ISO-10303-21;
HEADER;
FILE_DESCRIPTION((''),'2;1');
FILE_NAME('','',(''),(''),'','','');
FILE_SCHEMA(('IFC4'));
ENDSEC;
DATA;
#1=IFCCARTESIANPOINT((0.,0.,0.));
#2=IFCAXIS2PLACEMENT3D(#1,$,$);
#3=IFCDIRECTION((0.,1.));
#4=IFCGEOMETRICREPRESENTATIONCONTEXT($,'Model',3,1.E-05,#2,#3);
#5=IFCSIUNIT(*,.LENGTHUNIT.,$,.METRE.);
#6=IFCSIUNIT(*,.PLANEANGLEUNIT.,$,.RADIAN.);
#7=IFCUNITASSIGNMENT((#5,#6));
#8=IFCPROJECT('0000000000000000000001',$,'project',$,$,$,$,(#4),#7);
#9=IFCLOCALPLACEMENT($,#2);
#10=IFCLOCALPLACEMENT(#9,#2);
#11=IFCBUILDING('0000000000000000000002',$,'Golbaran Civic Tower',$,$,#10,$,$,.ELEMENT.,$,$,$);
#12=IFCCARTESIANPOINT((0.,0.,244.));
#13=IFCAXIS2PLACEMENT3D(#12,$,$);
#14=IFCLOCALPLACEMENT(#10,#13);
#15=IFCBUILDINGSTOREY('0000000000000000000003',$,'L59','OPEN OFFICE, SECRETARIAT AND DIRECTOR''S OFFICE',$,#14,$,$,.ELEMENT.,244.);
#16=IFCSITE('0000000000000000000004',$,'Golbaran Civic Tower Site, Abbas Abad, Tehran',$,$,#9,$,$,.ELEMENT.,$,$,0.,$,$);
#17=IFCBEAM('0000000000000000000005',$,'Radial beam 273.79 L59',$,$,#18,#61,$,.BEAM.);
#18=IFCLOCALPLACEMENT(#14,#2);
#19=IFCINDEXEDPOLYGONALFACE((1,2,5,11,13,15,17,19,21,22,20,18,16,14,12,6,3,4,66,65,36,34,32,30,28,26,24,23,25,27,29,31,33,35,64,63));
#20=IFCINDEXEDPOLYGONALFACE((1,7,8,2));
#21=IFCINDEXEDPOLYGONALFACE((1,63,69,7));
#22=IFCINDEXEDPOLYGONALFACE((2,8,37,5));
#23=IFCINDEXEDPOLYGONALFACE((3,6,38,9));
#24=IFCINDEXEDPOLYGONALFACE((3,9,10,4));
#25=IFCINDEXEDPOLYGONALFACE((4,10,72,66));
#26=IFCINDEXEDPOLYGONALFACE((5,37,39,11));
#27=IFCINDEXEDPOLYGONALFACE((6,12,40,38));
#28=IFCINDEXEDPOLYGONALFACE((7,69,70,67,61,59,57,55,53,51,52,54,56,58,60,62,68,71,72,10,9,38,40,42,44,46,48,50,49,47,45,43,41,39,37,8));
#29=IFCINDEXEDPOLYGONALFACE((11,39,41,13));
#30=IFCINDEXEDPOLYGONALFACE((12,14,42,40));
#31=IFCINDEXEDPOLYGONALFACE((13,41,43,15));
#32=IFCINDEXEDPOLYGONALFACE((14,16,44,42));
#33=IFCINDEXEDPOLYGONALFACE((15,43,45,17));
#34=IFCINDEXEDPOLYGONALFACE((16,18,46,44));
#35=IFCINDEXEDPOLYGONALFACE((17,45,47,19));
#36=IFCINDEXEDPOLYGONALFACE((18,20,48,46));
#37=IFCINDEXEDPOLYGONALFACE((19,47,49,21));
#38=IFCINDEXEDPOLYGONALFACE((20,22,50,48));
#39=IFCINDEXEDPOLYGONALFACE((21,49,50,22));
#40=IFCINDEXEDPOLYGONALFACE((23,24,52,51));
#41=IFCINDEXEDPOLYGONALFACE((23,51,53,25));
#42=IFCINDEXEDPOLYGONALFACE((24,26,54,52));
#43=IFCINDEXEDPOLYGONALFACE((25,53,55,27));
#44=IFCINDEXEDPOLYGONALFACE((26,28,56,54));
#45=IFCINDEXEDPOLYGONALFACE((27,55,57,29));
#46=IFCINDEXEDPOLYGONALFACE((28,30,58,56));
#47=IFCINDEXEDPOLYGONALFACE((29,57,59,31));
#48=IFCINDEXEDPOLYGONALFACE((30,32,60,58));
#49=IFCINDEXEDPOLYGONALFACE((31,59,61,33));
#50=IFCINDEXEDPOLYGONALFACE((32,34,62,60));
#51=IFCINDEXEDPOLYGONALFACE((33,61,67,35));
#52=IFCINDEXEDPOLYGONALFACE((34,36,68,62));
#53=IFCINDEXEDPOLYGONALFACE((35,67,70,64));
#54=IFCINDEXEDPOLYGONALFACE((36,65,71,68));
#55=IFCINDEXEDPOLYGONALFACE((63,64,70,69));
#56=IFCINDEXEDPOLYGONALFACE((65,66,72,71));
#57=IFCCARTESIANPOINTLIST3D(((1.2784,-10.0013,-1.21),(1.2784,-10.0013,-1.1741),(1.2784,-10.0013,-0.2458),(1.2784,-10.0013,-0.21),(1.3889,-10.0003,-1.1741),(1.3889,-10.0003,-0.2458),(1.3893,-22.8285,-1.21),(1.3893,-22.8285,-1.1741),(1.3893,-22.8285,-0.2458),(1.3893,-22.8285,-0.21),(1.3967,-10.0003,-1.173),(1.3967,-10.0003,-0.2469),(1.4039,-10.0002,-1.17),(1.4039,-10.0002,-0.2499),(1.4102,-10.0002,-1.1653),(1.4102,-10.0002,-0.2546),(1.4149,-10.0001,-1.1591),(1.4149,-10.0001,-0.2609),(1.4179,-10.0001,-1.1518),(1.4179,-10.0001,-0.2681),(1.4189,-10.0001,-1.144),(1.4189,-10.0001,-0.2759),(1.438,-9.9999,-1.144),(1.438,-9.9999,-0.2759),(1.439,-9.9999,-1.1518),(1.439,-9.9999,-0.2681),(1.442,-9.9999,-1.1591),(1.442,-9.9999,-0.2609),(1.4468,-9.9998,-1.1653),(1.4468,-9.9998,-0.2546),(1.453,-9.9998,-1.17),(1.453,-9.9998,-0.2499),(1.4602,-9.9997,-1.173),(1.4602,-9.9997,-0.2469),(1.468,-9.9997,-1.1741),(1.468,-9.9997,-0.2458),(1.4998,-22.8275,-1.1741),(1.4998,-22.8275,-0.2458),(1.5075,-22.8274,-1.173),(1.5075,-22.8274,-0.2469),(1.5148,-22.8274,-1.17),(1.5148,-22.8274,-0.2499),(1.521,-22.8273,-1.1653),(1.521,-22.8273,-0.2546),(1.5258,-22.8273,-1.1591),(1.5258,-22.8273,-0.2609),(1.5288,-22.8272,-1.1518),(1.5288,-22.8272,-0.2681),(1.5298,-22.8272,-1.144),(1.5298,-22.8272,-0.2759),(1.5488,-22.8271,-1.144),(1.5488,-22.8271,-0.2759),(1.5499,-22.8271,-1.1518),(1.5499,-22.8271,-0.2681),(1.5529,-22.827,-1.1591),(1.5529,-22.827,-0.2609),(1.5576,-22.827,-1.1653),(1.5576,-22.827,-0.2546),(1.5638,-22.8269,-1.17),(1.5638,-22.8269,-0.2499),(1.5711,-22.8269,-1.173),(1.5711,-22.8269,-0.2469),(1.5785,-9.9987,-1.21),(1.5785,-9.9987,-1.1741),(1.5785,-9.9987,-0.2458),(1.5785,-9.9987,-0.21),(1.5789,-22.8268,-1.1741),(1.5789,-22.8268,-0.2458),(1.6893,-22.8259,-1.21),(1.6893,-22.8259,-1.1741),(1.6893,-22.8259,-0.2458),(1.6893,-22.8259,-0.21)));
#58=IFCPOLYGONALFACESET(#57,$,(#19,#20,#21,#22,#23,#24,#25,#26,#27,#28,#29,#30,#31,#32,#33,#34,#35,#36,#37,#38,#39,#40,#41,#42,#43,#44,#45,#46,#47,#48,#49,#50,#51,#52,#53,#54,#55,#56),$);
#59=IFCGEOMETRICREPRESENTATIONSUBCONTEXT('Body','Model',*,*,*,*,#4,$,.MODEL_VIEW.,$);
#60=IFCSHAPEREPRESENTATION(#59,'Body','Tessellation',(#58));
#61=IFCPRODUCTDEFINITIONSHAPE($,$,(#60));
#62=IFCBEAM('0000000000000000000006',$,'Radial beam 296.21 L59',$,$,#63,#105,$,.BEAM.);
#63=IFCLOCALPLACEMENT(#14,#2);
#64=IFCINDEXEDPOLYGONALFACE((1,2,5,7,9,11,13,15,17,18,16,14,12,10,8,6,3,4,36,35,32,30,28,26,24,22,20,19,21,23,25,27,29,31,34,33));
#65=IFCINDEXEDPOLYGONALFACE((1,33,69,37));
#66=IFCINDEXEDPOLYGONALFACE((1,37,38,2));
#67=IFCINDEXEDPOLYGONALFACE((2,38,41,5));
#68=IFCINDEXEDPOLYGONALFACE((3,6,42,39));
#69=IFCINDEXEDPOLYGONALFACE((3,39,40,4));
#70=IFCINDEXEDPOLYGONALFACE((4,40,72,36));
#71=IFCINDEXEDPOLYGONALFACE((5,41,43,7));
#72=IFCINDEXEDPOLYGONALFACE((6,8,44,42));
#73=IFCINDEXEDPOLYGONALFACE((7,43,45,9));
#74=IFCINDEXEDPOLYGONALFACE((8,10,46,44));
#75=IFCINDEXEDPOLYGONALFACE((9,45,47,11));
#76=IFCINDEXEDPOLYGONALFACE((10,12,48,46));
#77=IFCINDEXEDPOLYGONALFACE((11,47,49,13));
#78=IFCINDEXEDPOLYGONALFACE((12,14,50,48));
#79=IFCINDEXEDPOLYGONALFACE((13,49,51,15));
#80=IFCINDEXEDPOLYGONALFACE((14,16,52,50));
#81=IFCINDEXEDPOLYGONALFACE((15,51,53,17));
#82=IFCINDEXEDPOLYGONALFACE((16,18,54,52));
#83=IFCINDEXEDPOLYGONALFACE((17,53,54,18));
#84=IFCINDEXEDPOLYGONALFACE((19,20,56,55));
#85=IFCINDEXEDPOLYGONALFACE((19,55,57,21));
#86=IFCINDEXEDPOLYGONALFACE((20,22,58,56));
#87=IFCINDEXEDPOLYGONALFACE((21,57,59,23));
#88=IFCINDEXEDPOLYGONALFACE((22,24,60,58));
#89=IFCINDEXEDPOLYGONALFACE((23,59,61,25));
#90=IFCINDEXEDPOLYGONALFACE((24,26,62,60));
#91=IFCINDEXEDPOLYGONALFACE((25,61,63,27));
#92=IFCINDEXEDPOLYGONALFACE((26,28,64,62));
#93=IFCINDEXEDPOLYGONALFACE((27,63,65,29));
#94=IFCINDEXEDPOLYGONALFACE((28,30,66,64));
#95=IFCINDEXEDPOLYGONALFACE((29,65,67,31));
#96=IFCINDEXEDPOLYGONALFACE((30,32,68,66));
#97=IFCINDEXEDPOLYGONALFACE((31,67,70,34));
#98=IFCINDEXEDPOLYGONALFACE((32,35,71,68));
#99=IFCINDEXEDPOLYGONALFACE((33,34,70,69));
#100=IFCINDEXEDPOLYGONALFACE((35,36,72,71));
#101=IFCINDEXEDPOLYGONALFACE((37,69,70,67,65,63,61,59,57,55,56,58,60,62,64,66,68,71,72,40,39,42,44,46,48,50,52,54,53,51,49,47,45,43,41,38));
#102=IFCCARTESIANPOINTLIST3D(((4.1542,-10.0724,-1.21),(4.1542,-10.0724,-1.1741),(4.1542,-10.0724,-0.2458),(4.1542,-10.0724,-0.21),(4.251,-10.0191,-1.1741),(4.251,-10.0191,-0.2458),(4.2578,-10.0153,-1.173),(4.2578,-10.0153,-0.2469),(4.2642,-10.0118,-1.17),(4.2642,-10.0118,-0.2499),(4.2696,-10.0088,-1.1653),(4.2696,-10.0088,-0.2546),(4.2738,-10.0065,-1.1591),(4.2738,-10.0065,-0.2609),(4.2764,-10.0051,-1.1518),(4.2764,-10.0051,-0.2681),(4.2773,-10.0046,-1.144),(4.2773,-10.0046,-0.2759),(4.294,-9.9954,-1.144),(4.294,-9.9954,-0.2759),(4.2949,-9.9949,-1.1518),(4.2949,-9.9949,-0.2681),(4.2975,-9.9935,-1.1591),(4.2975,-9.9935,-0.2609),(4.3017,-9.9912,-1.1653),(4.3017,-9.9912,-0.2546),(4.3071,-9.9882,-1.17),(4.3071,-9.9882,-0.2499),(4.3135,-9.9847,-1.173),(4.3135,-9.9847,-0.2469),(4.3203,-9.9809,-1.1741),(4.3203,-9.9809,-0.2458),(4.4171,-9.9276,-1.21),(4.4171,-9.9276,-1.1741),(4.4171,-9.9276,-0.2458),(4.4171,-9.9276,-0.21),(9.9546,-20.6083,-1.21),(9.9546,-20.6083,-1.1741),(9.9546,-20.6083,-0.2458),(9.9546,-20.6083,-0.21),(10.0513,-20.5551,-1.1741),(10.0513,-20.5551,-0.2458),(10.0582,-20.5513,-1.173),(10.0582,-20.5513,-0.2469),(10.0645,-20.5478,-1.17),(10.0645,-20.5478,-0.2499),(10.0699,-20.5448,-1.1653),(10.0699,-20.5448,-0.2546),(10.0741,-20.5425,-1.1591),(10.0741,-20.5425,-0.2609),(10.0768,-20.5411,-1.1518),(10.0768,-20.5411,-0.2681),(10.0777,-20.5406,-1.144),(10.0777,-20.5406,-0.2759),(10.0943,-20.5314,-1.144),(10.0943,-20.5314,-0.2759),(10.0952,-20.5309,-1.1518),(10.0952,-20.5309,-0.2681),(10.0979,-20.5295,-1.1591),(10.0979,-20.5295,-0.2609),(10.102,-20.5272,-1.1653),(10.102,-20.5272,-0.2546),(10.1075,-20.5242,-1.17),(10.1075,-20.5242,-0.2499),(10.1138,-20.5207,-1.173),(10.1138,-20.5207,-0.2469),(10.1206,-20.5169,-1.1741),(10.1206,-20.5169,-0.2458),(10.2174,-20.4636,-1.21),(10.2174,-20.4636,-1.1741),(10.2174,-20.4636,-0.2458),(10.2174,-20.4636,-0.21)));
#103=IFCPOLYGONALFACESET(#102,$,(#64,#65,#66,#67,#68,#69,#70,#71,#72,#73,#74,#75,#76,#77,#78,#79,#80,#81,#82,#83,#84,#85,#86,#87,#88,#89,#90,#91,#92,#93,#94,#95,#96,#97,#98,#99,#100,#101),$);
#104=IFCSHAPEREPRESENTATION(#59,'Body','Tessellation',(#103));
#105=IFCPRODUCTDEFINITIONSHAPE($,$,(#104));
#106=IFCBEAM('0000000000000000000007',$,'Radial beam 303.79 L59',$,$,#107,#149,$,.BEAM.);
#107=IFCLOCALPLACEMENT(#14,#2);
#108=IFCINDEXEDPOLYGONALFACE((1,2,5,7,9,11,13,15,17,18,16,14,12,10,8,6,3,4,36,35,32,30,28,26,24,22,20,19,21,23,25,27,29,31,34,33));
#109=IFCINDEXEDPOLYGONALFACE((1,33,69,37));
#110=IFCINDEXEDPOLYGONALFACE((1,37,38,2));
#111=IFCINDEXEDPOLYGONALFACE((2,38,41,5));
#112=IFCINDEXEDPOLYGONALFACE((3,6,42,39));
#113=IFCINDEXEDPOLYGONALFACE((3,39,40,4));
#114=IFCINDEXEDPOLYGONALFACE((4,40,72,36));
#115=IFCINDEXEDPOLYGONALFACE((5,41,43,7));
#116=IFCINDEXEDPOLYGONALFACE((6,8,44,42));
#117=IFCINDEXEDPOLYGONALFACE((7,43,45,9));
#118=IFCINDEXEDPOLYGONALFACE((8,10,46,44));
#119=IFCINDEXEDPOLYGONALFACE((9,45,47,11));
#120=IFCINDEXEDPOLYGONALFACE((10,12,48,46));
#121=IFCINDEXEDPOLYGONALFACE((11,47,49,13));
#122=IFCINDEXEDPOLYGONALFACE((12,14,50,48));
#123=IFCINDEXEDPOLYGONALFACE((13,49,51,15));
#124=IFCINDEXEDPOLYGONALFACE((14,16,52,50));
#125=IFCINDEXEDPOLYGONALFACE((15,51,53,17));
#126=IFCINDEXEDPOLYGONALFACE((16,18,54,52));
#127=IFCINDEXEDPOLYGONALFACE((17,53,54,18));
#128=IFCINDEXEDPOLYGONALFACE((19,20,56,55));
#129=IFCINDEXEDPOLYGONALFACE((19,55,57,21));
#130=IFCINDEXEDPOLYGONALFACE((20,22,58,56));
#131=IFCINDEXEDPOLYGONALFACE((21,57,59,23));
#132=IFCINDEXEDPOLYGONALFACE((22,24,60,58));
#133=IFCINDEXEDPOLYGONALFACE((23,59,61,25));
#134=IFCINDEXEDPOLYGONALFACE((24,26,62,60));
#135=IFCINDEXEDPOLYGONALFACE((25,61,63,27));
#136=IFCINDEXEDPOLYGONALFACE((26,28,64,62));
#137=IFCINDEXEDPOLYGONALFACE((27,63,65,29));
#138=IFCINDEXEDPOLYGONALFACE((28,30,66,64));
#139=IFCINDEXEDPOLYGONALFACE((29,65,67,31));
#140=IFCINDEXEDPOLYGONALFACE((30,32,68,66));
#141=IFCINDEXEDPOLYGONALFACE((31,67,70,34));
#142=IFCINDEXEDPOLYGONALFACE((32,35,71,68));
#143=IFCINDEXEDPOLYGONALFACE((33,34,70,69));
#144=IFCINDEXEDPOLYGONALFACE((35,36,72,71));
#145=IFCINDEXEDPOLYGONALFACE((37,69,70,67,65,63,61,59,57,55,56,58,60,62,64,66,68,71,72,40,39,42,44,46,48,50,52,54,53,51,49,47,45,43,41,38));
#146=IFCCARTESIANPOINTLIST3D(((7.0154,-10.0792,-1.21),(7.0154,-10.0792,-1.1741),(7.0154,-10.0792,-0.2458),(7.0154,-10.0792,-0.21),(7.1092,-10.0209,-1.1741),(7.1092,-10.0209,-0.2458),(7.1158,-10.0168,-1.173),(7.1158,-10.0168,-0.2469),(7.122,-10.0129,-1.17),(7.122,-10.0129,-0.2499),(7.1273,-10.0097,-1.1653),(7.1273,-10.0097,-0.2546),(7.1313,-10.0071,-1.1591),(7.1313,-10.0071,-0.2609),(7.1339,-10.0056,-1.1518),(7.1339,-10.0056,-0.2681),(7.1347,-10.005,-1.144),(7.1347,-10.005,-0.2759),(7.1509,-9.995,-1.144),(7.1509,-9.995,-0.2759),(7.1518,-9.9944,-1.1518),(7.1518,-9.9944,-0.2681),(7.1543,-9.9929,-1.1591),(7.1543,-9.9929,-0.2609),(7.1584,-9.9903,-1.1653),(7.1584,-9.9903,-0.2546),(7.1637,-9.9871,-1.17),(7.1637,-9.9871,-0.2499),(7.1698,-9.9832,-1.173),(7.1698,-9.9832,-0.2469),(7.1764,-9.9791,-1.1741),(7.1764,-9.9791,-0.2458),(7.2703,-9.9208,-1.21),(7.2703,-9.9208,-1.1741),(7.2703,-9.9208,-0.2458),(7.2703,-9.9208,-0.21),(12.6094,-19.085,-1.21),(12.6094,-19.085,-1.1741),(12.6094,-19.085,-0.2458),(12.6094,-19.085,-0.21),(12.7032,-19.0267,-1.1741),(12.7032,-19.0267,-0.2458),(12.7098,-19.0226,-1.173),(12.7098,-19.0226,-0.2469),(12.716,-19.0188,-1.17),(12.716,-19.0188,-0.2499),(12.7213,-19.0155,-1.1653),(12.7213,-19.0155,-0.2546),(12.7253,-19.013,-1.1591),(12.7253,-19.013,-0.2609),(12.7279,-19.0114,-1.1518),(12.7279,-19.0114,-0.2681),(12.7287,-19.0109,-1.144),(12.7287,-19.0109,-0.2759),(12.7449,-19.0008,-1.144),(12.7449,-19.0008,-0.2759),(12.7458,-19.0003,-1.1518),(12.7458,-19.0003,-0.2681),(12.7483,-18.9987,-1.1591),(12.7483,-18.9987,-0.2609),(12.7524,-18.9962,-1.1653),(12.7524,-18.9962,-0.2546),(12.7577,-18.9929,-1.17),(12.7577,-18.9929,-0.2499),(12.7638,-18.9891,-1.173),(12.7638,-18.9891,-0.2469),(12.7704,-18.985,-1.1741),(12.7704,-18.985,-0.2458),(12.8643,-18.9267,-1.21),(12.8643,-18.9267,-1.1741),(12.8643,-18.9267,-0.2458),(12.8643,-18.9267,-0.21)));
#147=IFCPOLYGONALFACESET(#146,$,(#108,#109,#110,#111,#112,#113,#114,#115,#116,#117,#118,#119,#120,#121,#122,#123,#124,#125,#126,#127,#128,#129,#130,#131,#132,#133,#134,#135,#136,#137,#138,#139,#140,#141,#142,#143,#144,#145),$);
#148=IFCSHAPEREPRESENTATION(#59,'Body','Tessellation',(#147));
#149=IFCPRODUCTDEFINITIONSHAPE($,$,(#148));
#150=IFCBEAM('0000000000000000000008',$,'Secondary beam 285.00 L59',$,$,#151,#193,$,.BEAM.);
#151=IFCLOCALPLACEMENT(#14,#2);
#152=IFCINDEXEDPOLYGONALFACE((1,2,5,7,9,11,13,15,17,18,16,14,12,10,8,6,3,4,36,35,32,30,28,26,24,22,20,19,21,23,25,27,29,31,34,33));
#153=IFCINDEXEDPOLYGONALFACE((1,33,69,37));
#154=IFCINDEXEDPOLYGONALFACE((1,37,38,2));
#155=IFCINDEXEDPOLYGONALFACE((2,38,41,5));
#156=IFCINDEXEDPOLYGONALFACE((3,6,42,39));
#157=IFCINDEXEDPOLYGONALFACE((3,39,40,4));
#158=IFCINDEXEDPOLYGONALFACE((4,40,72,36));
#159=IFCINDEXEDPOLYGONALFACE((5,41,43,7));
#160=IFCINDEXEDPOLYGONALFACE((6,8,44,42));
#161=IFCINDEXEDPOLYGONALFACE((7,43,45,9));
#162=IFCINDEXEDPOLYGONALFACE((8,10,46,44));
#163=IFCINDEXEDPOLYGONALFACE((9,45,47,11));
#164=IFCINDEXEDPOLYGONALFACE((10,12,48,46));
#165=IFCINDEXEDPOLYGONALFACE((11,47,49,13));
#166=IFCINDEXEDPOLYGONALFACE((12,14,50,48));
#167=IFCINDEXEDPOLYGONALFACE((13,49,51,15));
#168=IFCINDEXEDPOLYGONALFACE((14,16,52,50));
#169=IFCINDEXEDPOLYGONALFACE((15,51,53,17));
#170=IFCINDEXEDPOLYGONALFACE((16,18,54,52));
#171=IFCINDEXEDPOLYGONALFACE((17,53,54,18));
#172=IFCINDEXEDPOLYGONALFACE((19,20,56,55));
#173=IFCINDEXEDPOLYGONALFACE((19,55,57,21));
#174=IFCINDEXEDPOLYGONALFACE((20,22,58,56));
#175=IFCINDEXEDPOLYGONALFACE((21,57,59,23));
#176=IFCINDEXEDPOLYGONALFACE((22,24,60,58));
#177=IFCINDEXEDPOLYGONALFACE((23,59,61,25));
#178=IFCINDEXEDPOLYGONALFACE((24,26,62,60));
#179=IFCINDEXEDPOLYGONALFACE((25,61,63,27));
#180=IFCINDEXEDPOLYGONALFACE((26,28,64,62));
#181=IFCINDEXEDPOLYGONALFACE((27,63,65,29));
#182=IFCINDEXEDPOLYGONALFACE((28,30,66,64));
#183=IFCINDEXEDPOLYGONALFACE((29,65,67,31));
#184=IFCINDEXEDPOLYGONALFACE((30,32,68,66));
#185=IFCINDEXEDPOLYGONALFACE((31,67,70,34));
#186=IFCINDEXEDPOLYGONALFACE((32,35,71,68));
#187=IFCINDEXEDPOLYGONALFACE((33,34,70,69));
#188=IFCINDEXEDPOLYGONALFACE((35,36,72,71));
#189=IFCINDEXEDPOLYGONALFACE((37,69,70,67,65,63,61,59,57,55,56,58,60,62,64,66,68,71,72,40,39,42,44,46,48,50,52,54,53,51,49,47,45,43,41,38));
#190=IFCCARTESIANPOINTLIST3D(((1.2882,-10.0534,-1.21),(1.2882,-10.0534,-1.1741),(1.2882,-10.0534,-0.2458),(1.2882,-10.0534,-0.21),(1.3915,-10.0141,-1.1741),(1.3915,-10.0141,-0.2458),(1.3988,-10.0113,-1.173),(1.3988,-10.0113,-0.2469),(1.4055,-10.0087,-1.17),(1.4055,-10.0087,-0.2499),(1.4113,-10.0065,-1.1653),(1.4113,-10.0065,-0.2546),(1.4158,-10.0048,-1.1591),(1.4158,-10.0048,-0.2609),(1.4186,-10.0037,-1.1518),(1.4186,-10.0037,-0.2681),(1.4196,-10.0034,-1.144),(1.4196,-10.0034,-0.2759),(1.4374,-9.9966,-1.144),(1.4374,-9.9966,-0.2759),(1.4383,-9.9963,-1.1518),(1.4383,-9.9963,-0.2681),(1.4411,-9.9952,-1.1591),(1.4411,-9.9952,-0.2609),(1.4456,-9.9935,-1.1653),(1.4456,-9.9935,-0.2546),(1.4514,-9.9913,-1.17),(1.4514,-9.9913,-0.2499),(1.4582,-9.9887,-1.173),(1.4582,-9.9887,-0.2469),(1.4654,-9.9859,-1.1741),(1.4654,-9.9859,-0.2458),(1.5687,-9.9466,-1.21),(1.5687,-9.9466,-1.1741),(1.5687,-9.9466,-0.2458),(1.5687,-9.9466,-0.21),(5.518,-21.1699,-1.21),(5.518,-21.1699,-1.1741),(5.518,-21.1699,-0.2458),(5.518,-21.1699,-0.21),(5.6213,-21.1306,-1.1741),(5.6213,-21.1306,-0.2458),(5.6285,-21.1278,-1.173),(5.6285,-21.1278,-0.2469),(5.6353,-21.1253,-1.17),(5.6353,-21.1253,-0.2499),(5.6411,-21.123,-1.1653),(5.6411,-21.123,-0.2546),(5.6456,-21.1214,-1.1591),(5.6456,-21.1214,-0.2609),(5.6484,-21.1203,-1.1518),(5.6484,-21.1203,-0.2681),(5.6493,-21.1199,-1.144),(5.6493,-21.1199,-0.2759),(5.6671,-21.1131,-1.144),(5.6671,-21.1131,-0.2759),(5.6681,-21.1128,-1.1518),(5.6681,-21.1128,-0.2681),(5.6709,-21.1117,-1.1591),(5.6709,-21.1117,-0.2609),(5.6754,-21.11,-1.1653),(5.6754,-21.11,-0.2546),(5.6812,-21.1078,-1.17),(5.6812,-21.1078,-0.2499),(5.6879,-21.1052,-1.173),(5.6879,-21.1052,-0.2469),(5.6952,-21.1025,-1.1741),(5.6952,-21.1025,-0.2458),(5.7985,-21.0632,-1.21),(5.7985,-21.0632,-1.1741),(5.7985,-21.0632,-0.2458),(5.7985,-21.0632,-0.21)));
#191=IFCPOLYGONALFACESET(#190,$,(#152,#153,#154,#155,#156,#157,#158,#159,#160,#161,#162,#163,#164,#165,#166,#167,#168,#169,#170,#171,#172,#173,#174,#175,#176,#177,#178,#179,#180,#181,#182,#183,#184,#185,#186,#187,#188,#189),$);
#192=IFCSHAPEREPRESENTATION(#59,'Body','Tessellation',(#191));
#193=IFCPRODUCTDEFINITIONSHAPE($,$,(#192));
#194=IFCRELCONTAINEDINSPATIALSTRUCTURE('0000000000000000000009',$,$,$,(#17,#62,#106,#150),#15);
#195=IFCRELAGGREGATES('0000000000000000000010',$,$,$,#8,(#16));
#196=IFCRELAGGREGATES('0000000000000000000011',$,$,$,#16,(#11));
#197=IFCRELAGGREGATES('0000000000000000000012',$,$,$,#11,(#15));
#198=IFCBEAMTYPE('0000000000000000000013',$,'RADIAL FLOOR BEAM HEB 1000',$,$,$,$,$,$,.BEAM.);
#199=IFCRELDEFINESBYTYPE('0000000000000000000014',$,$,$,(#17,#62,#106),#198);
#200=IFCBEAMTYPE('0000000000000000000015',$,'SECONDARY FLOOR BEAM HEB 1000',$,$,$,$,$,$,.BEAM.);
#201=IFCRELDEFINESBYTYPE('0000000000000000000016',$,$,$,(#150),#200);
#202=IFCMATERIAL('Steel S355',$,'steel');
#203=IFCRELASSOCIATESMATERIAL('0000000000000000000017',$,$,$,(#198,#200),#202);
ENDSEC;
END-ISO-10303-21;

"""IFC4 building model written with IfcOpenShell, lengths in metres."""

from ifc_helpers import new_model, si_unit, direction, frame, origin, origin_2d, place, context, subcontext, project, spatial, i_section, extrude, material, material_profile, profile_set, type_object, element, save


model = new_model("IFC4")

# Units and contexts
model_context = context("Model", 3, precision=1e-05, world=origin(), true_north=direction((0.0, 1.0)))
body_context = subcontext(model_context, "Body", "Model", "MODEL_VIEW")
ifc_project = project(units=[si_unit("LENGTHUNIT", "METRE"), si_unit("PLANEANGLEUNIT", "RADIAN")], contexts=[model_context])

# Site, building, storey
site_placement = place(None, origin())
site = spatial("IfcSite", under=ifc_project, at=site_placement, Name="Golbaran Civic Tower Site, Abbas Abad, Tehran", CompositionType="ELEMENT", RefElevation=0.0)
building_placement = place(site_placement, origin())
building = spatial("IfcBuilding", under=site, at=building_placement, Name="Golbaran Civic Tower", CompositionType="ELEMENT")
storey_placement = place(building_placement, frame((0.0, 0.0, 244.0)))
storey = spatial("IfcBuildingStorey", under=building, at=storey_placement, Name="L59", Description="OPEN OFFICE, SECRETARIAT AND DIRECTOR'S OFFICE", CompositionType="ELEMENT", Elevation=244.0)

# Beams
ifc_material_1 = material(Name="Steel S355", Category="steel")
ifc_material_profile_1 = material_profile(ifc_material_1, i_section(OverallWidth=0.3, OverallDepth=1.0, WebThickness=0.019, FlangeThickness=0.0359, FilletRadius=0.03, at=origin_2d()), Name="HEB 1000")
ifc_profile_set_1 = profile_set([ifc_material_profile_1], Name="Steel S355")
beam_type_1 = type_object("IfcBeamType", Name="RADIAL FLOOR BEAM HEB 1000", PredefinedType="BEAM", material=ifc_profile_set_1)
beam_1_placement = place(storey_placement, frame((1.4285, -10.0, -0.71), z_axis=(0.008641, -0.999963, 0.0), x_axis=(0.999963, 0.008641, 0.0)))
element("IfcBeam", 1, at=beam_1_placement, inside=storey, type_object=beam_type_1, Name="Radial beam 273.79 L59", PredefinedType="BEAM", context=body_context, shape_type="SweptSolid", body=[
    extrude(i_section(OverallWidth=0.3, OverallDepth=1.0, WebThickness=0.019, FlangeThickness=0.0359, FilletRadius=0.03, at=origin_2d()), origin(), (0.0, 0.0, 1.0), 12.8276),
])
beam_2_placement = place(storey_placement, frame((4.2856, -10.0, -0.71), z_axis=(0.482273, -0.876021, 0.0), x_axis=(0.876021, 0.482273, 0.0)))
element("IfcBeam", 2, at=beam_2_placement, inside=storey, type_object=beam_type_1, Name="Radial beam 296.21 L59", PredefinedType="BEAM", context=body_context, shape_type="SweptSolid", body=[
    extrude(i_section(OverallWidth=0.3, OverallDepth=1.0, WebThickness=0.019, FlangeThickness=0.0359, FilletRadius=0.03, at=origin_2d()), origin(), (0.0, 0.0, 1.0), 12.0271),
])
beam_3_placement = place(storey_placement, frame((7.1428, -10.0, -0.71), z_axis=(0.527645, -0.849465, 0.0), x_axis=(0.849465, 0.527645, 0.0)))
element("IfcBeam", 3, at=beam_3_placement, inside=storey, type_object=beam_type_1, Name="Radial beam 303.79 L59", PredefinedType="BEAM", context=body_context, shape_type="SweptSolid", body=[
    extrude(i_section(OverallWidth=0.3, OverallDepth=1.0, WebThickness=0.019, FlangeThickness=0.0359, FilletRadius=0.03, at=origin_2d()), origin(), (0.0, 0.0, 1.0), 10.6018),
])
ifc_material_profile_2 = material_profile(ifc_material_1, i_section(OverallWidth=0.3, OverallDepth=1.0, WebThickness=0.019, FlangeThickness=0.0359, FilletRadius=0.03, at=origin_2d()), Name="HEB 1000")
ifc_profile_set_2 = profile_set([ifc_material_profile_2], Name="Steel S355")
beam_type_2 = type_object("IfcBeamType", Name="SECONDARY FLOOR BEAM HEB 1000", PredefinedType="BEAM", material=ifc_profile_set_2)
beam_4_placement = place(storey_placement, frame((1.4285, -10.0, -0.71), z_axis=(0.355621, -0.93463, 0.0), x_axis=(0.93463, 0.355621, 0.0)))
element("IfcBeam", 4, at=beam_4_placement, inside=storey, type_object=beam_type_2, Name="Secondary beam 285.00 L59", PredefinedType="BEAM", context=body_context, shape_type="SweptSolid", body=[
    extrude(i_section(OverallWidth=0.3, OverallDepth=1.0, WebThickness=0.019, FlangeThickness=0.0359, FilletRadius=0.03, at=origin_2d()), origin(), (0.0, 0.0, 1.0), 11.894),
])

save(model, "model.ifc")
